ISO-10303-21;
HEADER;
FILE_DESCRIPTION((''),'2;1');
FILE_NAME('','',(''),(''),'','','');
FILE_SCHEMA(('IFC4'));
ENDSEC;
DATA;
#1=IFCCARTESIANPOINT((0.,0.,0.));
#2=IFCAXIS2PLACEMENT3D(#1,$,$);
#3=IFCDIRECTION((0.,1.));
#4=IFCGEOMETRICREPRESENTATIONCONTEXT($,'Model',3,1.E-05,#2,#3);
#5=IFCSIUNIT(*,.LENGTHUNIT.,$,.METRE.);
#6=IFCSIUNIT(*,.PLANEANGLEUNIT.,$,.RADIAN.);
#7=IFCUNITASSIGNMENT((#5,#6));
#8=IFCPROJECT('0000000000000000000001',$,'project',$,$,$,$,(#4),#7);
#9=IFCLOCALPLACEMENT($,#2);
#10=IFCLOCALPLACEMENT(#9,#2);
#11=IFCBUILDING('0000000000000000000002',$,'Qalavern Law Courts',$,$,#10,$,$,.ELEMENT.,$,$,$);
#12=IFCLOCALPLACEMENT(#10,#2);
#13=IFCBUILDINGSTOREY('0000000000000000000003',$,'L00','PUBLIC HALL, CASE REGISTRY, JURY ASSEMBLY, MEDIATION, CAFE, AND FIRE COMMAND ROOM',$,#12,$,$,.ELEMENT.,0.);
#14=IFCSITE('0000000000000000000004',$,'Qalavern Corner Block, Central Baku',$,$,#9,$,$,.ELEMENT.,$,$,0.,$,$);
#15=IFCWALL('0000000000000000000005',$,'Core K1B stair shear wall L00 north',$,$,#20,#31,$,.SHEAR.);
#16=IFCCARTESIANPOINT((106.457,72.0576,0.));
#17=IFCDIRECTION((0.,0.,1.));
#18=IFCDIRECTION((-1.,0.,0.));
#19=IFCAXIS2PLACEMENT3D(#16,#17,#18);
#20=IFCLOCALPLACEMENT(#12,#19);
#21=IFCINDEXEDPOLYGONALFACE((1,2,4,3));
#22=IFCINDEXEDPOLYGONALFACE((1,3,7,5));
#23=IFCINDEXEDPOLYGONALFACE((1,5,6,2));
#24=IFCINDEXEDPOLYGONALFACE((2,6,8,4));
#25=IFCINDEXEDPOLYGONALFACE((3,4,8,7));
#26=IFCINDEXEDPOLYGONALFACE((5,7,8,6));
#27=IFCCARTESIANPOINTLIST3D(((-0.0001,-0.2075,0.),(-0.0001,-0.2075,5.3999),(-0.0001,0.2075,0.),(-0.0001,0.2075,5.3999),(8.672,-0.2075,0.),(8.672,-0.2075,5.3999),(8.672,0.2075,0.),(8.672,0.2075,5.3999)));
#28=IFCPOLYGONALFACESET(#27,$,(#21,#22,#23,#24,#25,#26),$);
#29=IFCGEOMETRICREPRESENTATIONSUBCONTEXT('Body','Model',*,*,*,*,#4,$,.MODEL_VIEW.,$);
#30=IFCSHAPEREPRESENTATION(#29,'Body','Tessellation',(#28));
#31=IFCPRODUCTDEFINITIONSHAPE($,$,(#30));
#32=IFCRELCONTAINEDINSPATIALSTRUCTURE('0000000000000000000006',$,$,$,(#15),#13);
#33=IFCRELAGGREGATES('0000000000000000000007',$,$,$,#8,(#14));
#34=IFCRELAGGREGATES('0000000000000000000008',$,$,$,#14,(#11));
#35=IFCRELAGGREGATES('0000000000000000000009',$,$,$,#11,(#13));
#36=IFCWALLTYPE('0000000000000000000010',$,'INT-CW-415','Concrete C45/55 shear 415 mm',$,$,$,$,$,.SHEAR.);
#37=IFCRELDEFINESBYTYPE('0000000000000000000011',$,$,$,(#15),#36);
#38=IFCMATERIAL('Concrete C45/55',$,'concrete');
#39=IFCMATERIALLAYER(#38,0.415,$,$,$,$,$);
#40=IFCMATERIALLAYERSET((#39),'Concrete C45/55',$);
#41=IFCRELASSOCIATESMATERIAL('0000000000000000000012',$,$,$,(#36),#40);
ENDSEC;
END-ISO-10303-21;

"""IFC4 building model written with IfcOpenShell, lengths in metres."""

from ifc_helpers import new_model, si_unit, direction, frame, frame_2d, origin, place, context, subcontext, project, spatial, rectangle, extrude, material, layer, layer_set, type_object, element, save


model = new_model("IFC4")

# Units and contexts
model_context = context("Model", 3, precision=1e-05, world=origin(), true_north=direction((0.0, 1.0)))
body_context = subcontext(model_context, "Body", "Model", "MODEL_VIEW")
ifc_project = project(units=[si_unit("LENGTHUNIT", "METRE"), si_unit("PLANEANGLEUNIT", "RADIAN")], contexts=[model_context])

# Site, building, storey
site_placement = place(None, origin())
site = spatial("IfcSite", under=ifc_project, at=site_placement, Name="Qalavern Corner Block, Central Baku", CompositionType="ELEMENT", RefElevation=0.0)
building_placement = place(site_placement, origin())
building = spatial("IfcBuilding", under=site, at=building_placement, Name="Qalavern Law Courts", CompositionType="ELEMENT")
storey_placement = place(building_placement, origin())
storey = spatial("IfcBuildingStorey", under=building, at=storey_placement, Name="L00", Description="PUBLIC HALL, CASE REGISTRY, JURY ASSEMBLY, MEDIATION, CAFE, AND FIRE COMMAND ROOM", CompositionType="ELEMENT", Elevation=0.0)

# Wall
ifc_material_1 = material(Name="Concrete C45/55", Category="concrete")
ifc_layer_1 = layer(ifc_material_1, 0.415)
ifc_layer_set_1 = layer_set([ifc_layer_1], Name="Concrete C45/55")
wall_type = type_object("IfcWallType", Name="INT-CW-415", Description="Concrete C45/55 shear 415 mm", PredefinedType="SHEAR", material=ifc_layer_set_1)
wall_placement = place(storey_placement, frame((106.457, 72.0576, 0.0), z_axis=(0.0, 0.0, 1.0), x_axis=(-1.0, 0.0, 0.0)))
element("IfcWall", 1, at=wall_placement, inside=storey, type_object=wall_type, Name="Core K1B stair shear wall L00 north", PredefinedType="SHEAR", context=body_context, shape_type="SweptSolid", body=[
    extrude(rectangle(XDim=8.6721, YDim=0.415, at=frame_2d((4.3359, 0.0))), origin(), (0.0, 0.0, 1.0), 5.3999),
])

save(model, "model.ifc")
